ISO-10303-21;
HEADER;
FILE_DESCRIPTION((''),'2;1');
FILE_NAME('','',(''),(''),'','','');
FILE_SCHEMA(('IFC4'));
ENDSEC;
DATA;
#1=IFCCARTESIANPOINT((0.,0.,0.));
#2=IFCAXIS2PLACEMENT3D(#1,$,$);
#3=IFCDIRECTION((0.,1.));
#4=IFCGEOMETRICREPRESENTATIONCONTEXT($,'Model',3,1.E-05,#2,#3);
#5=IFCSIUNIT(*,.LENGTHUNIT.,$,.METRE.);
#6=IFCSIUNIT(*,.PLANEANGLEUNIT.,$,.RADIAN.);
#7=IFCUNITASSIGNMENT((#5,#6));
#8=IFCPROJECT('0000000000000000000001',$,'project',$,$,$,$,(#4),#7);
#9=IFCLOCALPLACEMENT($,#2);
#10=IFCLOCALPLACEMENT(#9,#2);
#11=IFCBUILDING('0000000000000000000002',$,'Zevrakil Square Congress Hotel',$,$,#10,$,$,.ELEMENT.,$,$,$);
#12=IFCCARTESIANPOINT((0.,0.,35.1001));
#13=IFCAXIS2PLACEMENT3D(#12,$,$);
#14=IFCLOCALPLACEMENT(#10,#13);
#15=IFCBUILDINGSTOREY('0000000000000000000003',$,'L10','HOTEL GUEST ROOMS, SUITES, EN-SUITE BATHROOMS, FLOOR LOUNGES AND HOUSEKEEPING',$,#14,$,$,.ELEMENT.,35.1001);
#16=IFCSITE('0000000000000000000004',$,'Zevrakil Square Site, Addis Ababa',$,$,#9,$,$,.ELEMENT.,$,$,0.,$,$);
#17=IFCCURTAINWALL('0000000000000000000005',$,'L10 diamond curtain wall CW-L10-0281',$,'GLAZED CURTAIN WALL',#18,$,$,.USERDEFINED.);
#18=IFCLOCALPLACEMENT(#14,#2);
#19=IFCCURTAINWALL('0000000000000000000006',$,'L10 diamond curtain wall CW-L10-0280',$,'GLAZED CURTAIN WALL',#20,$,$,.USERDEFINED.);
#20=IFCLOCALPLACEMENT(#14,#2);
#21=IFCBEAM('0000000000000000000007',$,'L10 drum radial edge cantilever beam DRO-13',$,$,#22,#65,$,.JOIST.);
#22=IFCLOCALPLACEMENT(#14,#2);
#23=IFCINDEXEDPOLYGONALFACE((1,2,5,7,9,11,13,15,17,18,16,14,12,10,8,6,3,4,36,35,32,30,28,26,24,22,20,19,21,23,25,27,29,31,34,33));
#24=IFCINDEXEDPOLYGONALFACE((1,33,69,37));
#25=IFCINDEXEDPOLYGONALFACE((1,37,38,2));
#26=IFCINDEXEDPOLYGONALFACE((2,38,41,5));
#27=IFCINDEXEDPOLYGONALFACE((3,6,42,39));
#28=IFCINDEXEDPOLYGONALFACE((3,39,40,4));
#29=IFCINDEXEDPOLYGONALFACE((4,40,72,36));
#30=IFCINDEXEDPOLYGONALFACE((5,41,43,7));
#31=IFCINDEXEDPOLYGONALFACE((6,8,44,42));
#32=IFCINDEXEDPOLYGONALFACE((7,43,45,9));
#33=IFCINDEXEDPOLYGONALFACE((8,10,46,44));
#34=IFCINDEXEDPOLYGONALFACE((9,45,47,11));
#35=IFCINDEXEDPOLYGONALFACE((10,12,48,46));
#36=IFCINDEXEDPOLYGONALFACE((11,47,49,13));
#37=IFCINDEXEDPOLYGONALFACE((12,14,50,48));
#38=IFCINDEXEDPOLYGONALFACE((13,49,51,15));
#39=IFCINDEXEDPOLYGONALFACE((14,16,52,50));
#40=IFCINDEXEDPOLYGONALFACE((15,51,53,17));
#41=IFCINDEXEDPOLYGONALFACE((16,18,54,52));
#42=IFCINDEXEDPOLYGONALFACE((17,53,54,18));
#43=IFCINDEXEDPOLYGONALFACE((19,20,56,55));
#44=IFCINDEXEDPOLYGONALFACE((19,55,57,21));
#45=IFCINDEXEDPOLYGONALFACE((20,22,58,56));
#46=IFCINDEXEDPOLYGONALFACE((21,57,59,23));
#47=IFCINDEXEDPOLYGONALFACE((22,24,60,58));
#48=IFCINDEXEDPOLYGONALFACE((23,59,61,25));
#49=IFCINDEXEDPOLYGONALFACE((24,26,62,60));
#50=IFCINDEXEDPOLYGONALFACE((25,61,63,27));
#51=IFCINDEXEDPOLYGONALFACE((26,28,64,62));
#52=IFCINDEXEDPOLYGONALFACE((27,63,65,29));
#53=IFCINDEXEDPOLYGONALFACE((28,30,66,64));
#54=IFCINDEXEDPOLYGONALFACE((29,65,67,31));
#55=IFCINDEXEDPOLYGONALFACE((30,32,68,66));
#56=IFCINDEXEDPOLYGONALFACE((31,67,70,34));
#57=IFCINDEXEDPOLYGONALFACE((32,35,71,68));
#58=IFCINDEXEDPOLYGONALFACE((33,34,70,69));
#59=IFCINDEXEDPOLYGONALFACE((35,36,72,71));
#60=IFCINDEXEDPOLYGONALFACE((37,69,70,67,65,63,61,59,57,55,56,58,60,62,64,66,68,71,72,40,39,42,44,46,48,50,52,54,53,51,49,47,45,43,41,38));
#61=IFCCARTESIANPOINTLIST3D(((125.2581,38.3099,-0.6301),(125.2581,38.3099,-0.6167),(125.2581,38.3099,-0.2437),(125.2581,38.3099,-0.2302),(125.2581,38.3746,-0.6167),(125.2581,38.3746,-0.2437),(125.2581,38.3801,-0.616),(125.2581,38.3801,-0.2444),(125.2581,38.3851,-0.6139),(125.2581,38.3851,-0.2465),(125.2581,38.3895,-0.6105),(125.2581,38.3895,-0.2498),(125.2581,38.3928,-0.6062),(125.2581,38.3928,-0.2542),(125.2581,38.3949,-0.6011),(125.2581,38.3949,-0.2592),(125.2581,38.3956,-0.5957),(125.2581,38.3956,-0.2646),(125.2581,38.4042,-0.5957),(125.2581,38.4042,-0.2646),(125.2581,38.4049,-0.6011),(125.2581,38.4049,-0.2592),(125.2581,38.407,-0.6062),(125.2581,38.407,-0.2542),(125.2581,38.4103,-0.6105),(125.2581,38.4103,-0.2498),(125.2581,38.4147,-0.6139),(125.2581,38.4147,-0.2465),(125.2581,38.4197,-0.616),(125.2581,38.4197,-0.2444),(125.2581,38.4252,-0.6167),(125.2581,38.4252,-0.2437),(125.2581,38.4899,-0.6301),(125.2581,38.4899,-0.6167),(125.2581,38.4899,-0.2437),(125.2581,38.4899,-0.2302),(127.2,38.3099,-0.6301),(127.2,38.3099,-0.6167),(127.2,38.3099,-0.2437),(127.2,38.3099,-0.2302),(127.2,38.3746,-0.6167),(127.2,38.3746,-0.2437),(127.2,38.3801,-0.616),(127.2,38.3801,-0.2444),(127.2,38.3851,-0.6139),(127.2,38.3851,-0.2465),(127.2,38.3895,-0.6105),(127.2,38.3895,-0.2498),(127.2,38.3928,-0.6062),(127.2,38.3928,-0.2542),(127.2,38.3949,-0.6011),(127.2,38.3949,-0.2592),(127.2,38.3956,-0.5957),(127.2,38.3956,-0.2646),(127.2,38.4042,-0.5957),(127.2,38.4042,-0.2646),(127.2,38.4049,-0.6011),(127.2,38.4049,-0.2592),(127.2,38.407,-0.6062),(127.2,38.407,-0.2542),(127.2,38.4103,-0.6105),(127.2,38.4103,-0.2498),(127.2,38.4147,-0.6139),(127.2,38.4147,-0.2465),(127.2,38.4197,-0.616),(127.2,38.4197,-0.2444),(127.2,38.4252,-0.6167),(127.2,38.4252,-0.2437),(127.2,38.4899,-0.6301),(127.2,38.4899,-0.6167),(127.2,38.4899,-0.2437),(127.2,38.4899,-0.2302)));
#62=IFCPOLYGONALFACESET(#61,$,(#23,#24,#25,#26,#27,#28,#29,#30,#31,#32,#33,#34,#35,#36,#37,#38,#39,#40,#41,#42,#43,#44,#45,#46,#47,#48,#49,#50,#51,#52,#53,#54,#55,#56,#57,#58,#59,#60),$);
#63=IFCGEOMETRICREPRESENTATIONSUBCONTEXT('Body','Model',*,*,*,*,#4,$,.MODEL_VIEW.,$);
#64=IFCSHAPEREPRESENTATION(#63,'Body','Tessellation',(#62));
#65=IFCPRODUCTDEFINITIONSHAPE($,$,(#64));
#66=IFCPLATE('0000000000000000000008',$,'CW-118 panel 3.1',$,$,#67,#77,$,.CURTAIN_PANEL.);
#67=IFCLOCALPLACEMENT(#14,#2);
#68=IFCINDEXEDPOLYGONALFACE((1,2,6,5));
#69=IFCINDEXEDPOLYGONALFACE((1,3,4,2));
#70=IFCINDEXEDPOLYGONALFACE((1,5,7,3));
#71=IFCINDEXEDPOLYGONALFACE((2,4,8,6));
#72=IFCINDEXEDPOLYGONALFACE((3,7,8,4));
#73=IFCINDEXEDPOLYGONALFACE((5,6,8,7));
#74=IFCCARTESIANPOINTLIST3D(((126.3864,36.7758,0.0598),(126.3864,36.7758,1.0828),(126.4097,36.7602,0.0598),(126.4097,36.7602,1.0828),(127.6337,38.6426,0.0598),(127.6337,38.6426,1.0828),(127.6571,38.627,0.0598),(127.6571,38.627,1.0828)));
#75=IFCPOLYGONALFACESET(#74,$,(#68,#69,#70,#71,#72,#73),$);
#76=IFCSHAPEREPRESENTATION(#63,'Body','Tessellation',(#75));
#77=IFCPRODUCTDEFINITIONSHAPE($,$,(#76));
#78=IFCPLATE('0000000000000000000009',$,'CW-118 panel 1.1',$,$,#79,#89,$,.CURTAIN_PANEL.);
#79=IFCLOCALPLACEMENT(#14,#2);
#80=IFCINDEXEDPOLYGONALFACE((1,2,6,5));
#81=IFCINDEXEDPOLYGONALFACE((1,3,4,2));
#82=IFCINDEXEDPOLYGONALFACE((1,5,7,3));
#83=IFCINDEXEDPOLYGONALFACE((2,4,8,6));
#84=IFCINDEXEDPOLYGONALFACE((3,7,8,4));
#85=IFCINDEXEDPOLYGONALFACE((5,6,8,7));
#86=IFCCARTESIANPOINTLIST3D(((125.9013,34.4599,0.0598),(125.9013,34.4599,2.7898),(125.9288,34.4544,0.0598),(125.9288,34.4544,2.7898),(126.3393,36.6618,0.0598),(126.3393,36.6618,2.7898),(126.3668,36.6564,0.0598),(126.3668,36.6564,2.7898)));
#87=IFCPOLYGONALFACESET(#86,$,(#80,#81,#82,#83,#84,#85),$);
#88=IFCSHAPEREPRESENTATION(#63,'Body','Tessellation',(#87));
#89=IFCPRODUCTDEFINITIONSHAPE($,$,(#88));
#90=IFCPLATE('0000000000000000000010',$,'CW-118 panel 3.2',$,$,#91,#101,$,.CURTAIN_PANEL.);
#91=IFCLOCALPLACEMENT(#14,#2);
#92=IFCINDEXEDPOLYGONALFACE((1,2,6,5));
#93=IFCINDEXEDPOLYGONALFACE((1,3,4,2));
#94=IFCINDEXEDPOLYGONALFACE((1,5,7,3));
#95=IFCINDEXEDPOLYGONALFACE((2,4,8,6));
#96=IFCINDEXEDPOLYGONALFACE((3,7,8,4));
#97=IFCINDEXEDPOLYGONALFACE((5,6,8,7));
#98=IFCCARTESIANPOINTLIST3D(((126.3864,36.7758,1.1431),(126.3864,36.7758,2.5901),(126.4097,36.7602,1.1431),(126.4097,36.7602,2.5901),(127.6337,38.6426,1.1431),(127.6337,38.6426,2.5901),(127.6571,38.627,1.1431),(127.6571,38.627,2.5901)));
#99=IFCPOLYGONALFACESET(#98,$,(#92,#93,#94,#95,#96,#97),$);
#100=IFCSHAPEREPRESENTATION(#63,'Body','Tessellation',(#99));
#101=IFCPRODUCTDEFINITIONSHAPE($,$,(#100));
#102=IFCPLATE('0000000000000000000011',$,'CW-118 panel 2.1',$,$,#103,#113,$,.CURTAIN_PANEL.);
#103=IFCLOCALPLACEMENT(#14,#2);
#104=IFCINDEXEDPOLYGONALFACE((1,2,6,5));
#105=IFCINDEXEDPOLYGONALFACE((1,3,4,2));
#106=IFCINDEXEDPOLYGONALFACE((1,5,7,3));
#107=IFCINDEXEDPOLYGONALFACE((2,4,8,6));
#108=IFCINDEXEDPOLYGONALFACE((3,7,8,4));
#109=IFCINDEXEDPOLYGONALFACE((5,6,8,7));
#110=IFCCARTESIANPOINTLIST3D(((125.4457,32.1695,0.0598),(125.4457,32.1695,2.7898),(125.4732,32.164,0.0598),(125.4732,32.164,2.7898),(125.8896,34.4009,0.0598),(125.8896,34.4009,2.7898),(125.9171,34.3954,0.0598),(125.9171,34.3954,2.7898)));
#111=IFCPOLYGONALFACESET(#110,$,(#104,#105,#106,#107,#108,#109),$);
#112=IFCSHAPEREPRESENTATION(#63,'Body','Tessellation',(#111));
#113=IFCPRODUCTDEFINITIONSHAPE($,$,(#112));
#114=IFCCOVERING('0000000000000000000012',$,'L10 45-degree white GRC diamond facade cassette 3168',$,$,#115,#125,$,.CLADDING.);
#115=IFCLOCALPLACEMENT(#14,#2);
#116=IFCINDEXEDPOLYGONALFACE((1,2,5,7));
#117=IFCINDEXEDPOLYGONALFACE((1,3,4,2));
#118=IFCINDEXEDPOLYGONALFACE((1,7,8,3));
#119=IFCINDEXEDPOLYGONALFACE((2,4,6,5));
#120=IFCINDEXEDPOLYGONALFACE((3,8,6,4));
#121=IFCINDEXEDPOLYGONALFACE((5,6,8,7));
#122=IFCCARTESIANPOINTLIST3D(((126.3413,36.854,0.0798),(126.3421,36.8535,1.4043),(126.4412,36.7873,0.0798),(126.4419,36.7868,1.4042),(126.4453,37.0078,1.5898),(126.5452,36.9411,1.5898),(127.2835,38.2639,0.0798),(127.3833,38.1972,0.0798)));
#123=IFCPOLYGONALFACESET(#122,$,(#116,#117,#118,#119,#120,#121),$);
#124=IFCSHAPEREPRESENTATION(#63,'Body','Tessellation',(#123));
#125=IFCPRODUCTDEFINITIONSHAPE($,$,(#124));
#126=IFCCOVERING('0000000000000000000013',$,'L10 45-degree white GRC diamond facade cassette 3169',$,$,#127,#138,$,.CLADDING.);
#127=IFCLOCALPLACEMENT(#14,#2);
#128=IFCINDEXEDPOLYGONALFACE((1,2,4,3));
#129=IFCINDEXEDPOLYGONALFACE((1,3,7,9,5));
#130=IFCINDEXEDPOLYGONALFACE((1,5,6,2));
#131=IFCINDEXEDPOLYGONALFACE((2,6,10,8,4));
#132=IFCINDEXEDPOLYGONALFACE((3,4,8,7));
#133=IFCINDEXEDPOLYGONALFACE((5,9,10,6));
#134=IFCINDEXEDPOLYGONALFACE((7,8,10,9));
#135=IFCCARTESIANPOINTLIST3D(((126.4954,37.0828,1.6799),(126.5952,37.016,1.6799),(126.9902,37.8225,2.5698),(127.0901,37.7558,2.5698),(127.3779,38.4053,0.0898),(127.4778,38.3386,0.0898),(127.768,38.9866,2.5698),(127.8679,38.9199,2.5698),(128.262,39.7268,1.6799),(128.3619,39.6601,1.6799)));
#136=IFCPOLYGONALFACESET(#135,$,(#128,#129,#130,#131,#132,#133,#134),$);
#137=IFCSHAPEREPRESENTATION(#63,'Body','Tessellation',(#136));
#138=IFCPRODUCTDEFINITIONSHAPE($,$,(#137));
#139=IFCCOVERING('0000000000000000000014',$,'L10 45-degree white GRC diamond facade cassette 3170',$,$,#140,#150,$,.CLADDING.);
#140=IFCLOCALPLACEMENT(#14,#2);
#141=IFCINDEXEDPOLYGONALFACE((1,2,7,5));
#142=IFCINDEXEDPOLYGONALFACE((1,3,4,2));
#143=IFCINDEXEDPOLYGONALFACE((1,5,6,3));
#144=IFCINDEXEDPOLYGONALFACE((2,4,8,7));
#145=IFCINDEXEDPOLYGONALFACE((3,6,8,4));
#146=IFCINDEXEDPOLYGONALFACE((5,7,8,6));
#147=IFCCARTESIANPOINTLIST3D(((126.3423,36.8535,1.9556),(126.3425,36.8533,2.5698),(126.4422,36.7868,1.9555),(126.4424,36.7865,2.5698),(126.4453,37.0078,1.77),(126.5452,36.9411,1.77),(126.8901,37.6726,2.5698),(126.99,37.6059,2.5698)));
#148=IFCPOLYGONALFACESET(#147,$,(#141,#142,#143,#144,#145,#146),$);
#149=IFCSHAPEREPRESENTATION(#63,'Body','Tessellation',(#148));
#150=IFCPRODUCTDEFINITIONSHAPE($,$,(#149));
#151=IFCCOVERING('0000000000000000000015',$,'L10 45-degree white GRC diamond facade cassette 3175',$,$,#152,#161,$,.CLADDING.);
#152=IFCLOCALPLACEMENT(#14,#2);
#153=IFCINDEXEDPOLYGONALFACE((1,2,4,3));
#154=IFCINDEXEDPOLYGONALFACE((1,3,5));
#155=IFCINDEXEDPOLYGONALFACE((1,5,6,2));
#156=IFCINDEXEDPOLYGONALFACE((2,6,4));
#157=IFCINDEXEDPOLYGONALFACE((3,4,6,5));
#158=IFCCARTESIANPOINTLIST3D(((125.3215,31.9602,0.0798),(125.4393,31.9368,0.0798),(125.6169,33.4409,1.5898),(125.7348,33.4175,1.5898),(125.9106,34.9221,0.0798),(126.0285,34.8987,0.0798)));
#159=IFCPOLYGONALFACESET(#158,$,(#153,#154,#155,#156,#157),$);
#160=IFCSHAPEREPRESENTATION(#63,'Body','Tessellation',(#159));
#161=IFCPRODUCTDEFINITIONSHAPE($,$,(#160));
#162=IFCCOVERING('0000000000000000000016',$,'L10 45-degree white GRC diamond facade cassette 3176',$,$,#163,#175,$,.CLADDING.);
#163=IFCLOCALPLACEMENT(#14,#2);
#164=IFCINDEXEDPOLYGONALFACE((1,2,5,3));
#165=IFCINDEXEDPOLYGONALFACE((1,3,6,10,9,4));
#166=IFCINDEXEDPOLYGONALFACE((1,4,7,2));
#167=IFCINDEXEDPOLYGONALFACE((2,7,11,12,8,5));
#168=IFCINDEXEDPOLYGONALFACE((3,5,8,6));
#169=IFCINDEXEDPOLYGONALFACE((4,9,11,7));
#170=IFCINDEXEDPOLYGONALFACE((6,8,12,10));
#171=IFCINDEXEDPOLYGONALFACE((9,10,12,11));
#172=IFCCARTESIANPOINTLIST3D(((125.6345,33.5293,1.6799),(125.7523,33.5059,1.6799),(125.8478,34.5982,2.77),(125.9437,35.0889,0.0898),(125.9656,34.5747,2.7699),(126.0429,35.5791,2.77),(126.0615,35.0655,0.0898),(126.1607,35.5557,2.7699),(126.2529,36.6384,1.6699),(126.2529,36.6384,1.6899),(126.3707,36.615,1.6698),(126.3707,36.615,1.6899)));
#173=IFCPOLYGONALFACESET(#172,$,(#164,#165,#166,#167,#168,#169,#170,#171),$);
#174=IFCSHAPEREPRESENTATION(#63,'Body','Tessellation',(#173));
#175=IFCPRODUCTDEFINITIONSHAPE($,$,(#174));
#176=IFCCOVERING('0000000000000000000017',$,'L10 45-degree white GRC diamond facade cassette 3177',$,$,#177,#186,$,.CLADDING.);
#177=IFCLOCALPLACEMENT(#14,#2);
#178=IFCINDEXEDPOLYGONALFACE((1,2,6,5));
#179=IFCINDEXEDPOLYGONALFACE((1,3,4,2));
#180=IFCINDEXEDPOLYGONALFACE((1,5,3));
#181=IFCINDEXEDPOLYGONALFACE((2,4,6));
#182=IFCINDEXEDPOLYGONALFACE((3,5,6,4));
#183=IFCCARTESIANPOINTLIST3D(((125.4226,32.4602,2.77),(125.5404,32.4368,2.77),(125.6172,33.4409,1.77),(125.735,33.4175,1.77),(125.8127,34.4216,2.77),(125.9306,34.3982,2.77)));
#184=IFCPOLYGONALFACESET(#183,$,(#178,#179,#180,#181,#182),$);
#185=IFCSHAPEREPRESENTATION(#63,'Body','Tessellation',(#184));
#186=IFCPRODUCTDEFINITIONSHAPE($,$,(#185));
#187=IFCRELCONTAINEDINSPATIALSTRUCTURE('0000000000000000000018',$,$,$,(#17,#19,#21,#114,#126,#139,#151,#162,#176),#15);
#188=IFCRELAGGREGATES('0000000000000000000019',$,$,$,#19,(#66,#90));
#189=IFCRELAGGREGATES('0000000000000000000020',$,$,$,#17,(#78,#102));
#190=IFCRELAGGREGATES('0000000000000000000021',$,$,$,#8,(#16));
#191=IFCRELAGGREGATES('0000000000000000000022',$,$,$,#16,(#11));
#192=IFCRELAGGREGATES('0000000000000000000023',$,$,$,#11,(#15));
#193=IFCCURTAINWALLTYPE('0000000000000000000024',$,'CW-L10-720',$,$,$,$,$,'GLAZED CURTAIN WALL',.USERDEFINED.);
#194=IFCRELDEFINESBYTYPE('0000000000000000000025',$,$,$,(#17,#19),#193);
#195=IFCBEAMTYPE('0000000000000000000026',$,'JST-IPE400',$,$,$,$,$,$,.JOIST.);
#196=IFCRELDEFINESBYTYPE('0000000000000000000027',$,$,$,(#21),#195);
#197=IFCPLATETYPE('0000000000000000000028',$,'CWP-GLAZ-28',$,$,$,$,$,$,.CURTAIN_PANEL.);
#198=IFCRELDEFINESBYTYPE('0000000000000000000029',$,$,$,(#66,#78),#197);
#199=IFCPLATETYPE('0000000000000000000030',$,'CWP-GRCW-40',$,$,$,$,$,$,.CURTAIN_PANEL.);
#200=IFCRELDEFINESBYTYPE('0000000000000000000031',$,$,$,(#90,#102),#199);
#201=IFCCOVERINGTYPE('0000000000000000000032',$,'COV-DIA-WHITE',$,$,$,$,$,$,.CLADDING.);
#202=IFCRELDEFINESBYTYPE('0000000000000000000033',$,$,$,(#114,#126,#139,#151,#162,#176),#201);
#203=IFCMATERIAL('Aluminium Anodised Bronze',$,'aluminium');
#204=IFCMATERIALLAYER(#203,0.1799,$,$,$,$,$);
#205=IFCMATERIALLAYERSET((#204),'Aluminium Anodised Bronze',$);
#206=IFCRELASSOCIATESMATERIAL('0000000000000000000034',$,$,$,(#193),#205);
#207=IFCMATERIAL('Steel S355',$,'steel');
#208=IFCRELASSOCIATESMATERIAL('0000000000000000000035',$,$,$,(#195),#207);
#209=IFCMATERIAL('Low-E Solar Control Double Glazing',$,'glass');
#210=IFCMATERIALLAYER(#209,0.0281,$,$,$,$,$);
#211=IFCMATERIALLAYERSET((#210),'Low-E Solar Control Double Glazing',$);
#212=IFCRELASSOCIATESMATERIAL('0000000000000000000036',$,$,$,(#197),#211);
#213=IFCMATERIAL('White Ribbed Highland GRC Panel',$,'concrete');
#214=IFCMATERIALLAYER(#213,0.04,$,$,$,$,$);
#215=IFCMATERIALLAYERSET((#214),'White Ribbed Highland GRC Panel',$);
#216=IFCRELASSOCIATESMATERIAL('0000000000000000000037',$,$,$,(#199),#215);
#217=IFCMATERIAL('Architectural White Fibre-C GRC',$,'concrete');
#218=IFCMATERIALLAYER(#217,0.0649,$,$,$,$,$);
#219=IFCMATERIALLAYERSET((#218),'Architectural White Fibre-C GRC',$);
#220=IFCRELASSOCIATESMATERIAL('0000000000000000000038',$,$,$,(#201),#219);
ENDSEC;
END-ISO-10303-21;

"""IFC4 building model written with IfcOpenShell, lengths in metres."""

from ifc_helpers import new_model, si_unit, direction, frame, origin, origin_2d, place, context, subcontext, project, spatial, polyline, rectangle, i_section, outline, extrude, material, layer, layer_set, material_profile, profile_set, type_object, element, aggregate, save


model = new_model("IFC4")

# Units and contexts
model_context = context("Model", 3, precision=1e-05, world=origin(), true_north=direction((0.0, 1.0)))
body_context = subcontext(model_context, "Body", "Model", "MODEL_VIEW")
ifc_project = project(units=[si_unit("LENGTHUNIT", "METRE"), si_unit("PLANEANGLEUNIT", "RADIAN")], contexts=[model_context])

# Site, building, storey
site_placement = place(None, origin())
site = spatial("IfcSite", under=ifc_project, at=site_placement, Name="Zevrakil Square Site, Addis Ababa", CompositionType="ELEMENT", RefElevation=0.0)
building_placement = place(site_placement, origin())
building = spatial("IfcBuilding", under=site, at=building_placement, Name="Zevrakil Square Congress Hotel", CompositionType="ELEMENT")
storey_placement = place(building_placement, frame((0.0, 0.0, 35.1001)))
storey = spatial("IfcBuildingStorey", under=building, at=storey_placement, Name="L10", Description="HOTEL GUEST ROOMS, SUITES, EN-SUITE BATHROOMS, FLOOR LOUNGES AND HOUSEKEEPING", CompositionType="ELEMENT", Elevation=35.1001)

# Curtain wall
ifc_material_1 = material(Name="Aluminium Anodised Bronze", Category="aluminium")
ifc_layer_1 = layer(ifc_material_1, 0.1799)
ifc_layer_set_1 = layer_set([ifc_layer_1], Name="Aluminium Anodised Bronze")
curtain_wall_type = type_object("IfcCurtainWallType", Name="CW-L10-720", ElementType="GLAZED CURTAIN WALL", PredefinedType="USERDEFINED", material=ifc_layer_set_1)
curtain_wall_1_placement = place(storey_placement, origin())
curtain_wall_1 = element("IfcCurtainWall", 1, at=curtain_wall_1_placement, inside=storey, type_object=curtain_wall_type, Name="L10 diamond curtain wall CW-L10-0281", ObjectType="GLAZED CURTAIN WALL", PredefinedType="USERDEFINED")

# Curtain wall
curtain_wall_2_placement = place(storey_placement, origin())
curtain_wall_2 = element("IfcCurtainWall", 2, at=curtain_wall_2_placement, inside=storey, type_object=curtain_wall_type, Name="L10 diamond curtain wall CW-L10-0280", ObjectType="GLAZED CURTAIN WALL", PredefinedType="USERDEFINED")

# Beam
ifc_material_2 = material(Name="Steel S355", Category="steel")
ifc_material_profile_1 = material_profile(ifc_material_2, i_section(OverallWidth=0.1799, OverallDepth=0.3999, WebThickness=0.0085, FlangeThickness=0.0134, FilletRadius=0.021, at=origin_2d()), Name="IPE 400")
ifc_profile_set_1 = profile_set([ifc_material_profile_1], Name="Steel S355")
beam_type_1 = type_object("IfcBeamType", Name="JST-IPE400", PredefinedType="JOIST", material=ifc_profile_set_1)
beam_1_placement = place(storey_placement, frame((127.2, 38.3999, -0.4302), z_axis=(-1.0, 0.0, 0.0), x_axis=(0.0, -1.0, 0.0)))
element("IfcBeam", 3, at=beam_1_placement, inside=storey, type_object=beam_type_1, Name="L10 drum radial edge cantilever beam DRO-13", PredefinedType="JOIST", context=body_context, shape_type="SweptSolid", body=[
    extrude(i_section(OverallWidth=0.1799, OverallDepth=0.3999, WebThickness=0.0085, FlangeThickness=0.0134, FilletRadius=0.021, at=origin_2d()), origin(), (0.0, 0.0, 1.0), 1.9419),
])

# Plates
ifc_material_3 = material(Name="Low-E Solar Control Double Glazing", Category="glass")
ifc_layer_2 = layer(ifc_material_3, 0.0281)
ifc_layer_set_2 = layer_set([ifc_layer_2], Name="Low-E Solar Control Double Glazing")
plate_type_1 = type_object("IfcPlateType", Name="CWP-GLAZ-28", PredefinedType="CURTAIN_PANEL", material=ifc_layer_set_2)
plate_1_placement = place(storey_placement, frame((127.0217, 37.7014, 0.0598), z_axis=(0.0, 0.0, 1.0), x_axis=(-0.555576, -0.831466, 0.0)))
plate_1 = element("IfcPlate", 4, at=plate_1_placement, type_object=plate_type_1, Name="CW-118 panel 3.1", PredefinedType="CURTAIN_PANEL", context=body_context, shape_type="SweptSolid", body=[
    extrude(rectangle(XDim=2.2451, YDim=0.0281, at=origin_2d()), origin(), (0.0, 0.0, 1.0), 1.0229),
])
plate_2_placement = place(storey_placement, frame((126.134, 35.5581, 0.0598), z_axis=(0.0, 0.0, 1.0), x_axis=(-0.195084, -0.980787, 0.0)))
plate_2 = element("IfcPlate", 5, at=plate_2_placement, type_object=plate_type_1, Name="CW-118 panel 1.1", PredefinedType="CURTAIN_PANEL", context=body_context, shape_type="SweptSolid", body=[
    extrude(rectangle(XDim=2.2451, YDim=0.0281, at=origin_2d()), origin(), (0.0, 0.0, 1.0), 2.73),
])
ifc_material_4 = material(Name="White Ribbed Highland GRC Panel", Category="concrete")
ifc_layer_3 = layer(ifc_material_4, 0.04)
ifc_layer_set_3 = layer_set([ifc_layer_3], Name="White Ribbed Highland GRC Panel")
plate_type_2 = type_object("IfcPlateType", Name="CWP-GRCW-40", PredefinedType="CURTAIN_PANEL", material=ifc_layer_set_3)
plate_3_placement = place(storey_placement, frame((127.0217, 37.7014, 1.1431), z_axis=(0.0, 0.0, 1.0), x_axis=(-0.555576, -0.831466, 0.0)))
plate_3 = element("IfcPlate", 6, at=plate_3_placement, type_object=plate_type_2, Name="CW-118 panel 3.2", PredefinedType="CURTAIN_PANEL", context=body_context, shape_type="SweptSolid", body=[
    extrude(rectangle(XDim=2.2451, YDim=0.0281, at=origin_2d()), origin(), (0.0, 0.0, 1.0), 1.447),
])
aggregate(curtain_wall_2, [plate_1, plate_3])
plate_4_placement = place(storey_placement, frame((125.6814, 33.2825, 0.0598), z_axis=(0.0, 0.0, 1.0), x_axis=(-0.195084, -0.980787, 0.0)))
plate_4 = element("IfcPlate", 7, at=plate_4_placement, type_object=plate_type_2, Name="CW-118 panel 2.1", PredefinedType="CURTAIN_PANEL", context=body_context, shape_type="SweptSolid", body=[
    extrude(rectangle(XDim=2.2751, YDim=0.0281, at=origin_2d()), origin(), (0.0, 0.0, 1.0), 2.73),
])
aggregate(curtain_wall_1, [plate_2, plate_4])

# Coverings
ifc_material_5 = material(Name="Architectural White Fibre-C GRC", Category="concrete")
ifc_layer_4 = layer(ifc_material_5, 0.0649)
ifc_layer_set_4 = layer_set([ifc_layer_4], Name="Architectural White Fibre-C GRC")
covering_type_1 = type_object("IfcCoveringType", Name="COV-DIA-WHITE", PredefinedType="CLADDING", material=ifc_layer_set_4)
covering_1_placement = place(storey_placement, frame((126.4453, 37.0078, 1.5898), z_axis=(-0.831448, 0.555603, 0.000674), x_axis=(-0.393394, -0.587849, -0.706876)))
element("IfcCovering", 8, at=covering_1_placement, inside=storey, type_object=covering_type_1, Name="L10 45-degree white GRC diamond facade cassette 3168", PredefinedType="CLADDING", context=body_context, shape_type="SweptSolid", body=[
    extrude(outline(polyline([(0.0, 0.0), (0.2625, 0.0), (1.1987, -0.9368), (-0.0007, -2.1355), (0.0, 0.0)])), origin(), (0.0, 0.0, -1.0), 0.1201),
])
covering_2_placement = place(storey_placement, frame((126.4954, 37.0828, 1.6799), z_axis=(-0.83148, 0.555555, 0.000578), x_axis=(0.39248, 0.588148, -0.707136)))
element("IfcCovering", 9, at=covering_2_placement, inside=storey, type_object=covering_type_1, Name="L10 45-degree white GRC diamond facade cassette 3169", PredefinedType="CLADDING", context=body_context, shape_type="SweptSolid", body=[
    extrude(outline(polyline([(0.0, 0.0), (2.2486, 0.0), (2.2484, -2.2486), (0.99, -2.2486), (0.0, -1.2586), (0.0, 0.0)])), origin(), (0.0, 0.0, -1.0), 0.1201),
])
covering_3_placement = place(storey_placement, frame((126.4453, 37.0078, 1.77), z_axis=(-0.831394, 0.555684, 0.000528), x_axis=(0.393259, 0.587707, 0.70707)))
element("IfcCovering", 10, at=covering_3_placement, inside=storey, type_object=covering_type_1, Name="L10 45-degree white GRC diamond facade cassette 3170", PredefinedType="CLADDING", context=body_context, shape_type="SweptSolid", body=[
    extrude(outline(polyline([(0.0, 0.0), (1.1312, 0.0), (0.4343, -0.6968), (0.0, -0.2624), (0.0, 0.0)])), origin(), (0.0, 0.0, -1.0), 0.1201),
])
covering_4_placement = place(storey_placement, frame((125.6169, 33.4409, 1.5898), z_axis=(-0.980788, 0.195074, 0.000587), x_axis=(-0.13834, -0.693414, -0.707134)))
element("IfcCovering", 11, at=covering_4_placement, inside=storey, type_object=covering_type_1, Name="L10 45-degree white GRC diamond facade cassette 3175", PredefinedType="CLADDING", context=body_context, shape_type="SweptSolid", body=[
    extrude(outline(polyline([(0.0, 0.0), (2.1354, 0.0), (0.0001, -2.1355), (0.0, 0.0)])), origin(), (0.0, 0.0, -1.0), 0.1201),
])
covering_5_placement = place(storey_placement, frame((125.6345, 33.5293, 1.6799), z_axis=(-0.980788, 0.195075, 0.000607), x_axis=(0.137512, 0.693576, -0.707137)))
element("IfcCovering", 12, at=covering_5_placement, inside=storey, type_object=covering_type_1, Name="L10 45-degree white GRC diamond facade cassette 3176", PredefinedType="CLADDING", context=body_context, shape_type="SweptSolid", body=[
    extrude(outline(polyline([(0.0, 0.0), (2.2486, 0.0), (2.2485, -2.2346), (2.2344, -2.2487), (0.707, -2.2488), (-0.0002, -1.5415), (0.0, 0.0)])), origin(), (0.0, 0.0, -1.0), 0.1201),
])
covering_6_placement = place(storey_placement, frame((125.6172, 33.4409, 1.77), z_axis=(-0.980787, 0.195083, 0.000479), x_axis=(0.138278, 0.693462, 0.7071)))
element("IfcCovering", 13, at=covering_6_placement, inside=storey, type_object=covering_type_1, Name="L10 45-degree white GRC diamond facade cassette 3177", PredefinedType="CLADDING", context=body_context, shape_type="SweptSolid", body=[
    extrude(outline(polyline([(0.0, 0.0), (1.4142, 0.0), (0.0001, -1.4141), (0.0, 0.0)])), origin(), (0.0, 0.0, -1.0), 0.1201),
])

save(model, "model.ifc")
